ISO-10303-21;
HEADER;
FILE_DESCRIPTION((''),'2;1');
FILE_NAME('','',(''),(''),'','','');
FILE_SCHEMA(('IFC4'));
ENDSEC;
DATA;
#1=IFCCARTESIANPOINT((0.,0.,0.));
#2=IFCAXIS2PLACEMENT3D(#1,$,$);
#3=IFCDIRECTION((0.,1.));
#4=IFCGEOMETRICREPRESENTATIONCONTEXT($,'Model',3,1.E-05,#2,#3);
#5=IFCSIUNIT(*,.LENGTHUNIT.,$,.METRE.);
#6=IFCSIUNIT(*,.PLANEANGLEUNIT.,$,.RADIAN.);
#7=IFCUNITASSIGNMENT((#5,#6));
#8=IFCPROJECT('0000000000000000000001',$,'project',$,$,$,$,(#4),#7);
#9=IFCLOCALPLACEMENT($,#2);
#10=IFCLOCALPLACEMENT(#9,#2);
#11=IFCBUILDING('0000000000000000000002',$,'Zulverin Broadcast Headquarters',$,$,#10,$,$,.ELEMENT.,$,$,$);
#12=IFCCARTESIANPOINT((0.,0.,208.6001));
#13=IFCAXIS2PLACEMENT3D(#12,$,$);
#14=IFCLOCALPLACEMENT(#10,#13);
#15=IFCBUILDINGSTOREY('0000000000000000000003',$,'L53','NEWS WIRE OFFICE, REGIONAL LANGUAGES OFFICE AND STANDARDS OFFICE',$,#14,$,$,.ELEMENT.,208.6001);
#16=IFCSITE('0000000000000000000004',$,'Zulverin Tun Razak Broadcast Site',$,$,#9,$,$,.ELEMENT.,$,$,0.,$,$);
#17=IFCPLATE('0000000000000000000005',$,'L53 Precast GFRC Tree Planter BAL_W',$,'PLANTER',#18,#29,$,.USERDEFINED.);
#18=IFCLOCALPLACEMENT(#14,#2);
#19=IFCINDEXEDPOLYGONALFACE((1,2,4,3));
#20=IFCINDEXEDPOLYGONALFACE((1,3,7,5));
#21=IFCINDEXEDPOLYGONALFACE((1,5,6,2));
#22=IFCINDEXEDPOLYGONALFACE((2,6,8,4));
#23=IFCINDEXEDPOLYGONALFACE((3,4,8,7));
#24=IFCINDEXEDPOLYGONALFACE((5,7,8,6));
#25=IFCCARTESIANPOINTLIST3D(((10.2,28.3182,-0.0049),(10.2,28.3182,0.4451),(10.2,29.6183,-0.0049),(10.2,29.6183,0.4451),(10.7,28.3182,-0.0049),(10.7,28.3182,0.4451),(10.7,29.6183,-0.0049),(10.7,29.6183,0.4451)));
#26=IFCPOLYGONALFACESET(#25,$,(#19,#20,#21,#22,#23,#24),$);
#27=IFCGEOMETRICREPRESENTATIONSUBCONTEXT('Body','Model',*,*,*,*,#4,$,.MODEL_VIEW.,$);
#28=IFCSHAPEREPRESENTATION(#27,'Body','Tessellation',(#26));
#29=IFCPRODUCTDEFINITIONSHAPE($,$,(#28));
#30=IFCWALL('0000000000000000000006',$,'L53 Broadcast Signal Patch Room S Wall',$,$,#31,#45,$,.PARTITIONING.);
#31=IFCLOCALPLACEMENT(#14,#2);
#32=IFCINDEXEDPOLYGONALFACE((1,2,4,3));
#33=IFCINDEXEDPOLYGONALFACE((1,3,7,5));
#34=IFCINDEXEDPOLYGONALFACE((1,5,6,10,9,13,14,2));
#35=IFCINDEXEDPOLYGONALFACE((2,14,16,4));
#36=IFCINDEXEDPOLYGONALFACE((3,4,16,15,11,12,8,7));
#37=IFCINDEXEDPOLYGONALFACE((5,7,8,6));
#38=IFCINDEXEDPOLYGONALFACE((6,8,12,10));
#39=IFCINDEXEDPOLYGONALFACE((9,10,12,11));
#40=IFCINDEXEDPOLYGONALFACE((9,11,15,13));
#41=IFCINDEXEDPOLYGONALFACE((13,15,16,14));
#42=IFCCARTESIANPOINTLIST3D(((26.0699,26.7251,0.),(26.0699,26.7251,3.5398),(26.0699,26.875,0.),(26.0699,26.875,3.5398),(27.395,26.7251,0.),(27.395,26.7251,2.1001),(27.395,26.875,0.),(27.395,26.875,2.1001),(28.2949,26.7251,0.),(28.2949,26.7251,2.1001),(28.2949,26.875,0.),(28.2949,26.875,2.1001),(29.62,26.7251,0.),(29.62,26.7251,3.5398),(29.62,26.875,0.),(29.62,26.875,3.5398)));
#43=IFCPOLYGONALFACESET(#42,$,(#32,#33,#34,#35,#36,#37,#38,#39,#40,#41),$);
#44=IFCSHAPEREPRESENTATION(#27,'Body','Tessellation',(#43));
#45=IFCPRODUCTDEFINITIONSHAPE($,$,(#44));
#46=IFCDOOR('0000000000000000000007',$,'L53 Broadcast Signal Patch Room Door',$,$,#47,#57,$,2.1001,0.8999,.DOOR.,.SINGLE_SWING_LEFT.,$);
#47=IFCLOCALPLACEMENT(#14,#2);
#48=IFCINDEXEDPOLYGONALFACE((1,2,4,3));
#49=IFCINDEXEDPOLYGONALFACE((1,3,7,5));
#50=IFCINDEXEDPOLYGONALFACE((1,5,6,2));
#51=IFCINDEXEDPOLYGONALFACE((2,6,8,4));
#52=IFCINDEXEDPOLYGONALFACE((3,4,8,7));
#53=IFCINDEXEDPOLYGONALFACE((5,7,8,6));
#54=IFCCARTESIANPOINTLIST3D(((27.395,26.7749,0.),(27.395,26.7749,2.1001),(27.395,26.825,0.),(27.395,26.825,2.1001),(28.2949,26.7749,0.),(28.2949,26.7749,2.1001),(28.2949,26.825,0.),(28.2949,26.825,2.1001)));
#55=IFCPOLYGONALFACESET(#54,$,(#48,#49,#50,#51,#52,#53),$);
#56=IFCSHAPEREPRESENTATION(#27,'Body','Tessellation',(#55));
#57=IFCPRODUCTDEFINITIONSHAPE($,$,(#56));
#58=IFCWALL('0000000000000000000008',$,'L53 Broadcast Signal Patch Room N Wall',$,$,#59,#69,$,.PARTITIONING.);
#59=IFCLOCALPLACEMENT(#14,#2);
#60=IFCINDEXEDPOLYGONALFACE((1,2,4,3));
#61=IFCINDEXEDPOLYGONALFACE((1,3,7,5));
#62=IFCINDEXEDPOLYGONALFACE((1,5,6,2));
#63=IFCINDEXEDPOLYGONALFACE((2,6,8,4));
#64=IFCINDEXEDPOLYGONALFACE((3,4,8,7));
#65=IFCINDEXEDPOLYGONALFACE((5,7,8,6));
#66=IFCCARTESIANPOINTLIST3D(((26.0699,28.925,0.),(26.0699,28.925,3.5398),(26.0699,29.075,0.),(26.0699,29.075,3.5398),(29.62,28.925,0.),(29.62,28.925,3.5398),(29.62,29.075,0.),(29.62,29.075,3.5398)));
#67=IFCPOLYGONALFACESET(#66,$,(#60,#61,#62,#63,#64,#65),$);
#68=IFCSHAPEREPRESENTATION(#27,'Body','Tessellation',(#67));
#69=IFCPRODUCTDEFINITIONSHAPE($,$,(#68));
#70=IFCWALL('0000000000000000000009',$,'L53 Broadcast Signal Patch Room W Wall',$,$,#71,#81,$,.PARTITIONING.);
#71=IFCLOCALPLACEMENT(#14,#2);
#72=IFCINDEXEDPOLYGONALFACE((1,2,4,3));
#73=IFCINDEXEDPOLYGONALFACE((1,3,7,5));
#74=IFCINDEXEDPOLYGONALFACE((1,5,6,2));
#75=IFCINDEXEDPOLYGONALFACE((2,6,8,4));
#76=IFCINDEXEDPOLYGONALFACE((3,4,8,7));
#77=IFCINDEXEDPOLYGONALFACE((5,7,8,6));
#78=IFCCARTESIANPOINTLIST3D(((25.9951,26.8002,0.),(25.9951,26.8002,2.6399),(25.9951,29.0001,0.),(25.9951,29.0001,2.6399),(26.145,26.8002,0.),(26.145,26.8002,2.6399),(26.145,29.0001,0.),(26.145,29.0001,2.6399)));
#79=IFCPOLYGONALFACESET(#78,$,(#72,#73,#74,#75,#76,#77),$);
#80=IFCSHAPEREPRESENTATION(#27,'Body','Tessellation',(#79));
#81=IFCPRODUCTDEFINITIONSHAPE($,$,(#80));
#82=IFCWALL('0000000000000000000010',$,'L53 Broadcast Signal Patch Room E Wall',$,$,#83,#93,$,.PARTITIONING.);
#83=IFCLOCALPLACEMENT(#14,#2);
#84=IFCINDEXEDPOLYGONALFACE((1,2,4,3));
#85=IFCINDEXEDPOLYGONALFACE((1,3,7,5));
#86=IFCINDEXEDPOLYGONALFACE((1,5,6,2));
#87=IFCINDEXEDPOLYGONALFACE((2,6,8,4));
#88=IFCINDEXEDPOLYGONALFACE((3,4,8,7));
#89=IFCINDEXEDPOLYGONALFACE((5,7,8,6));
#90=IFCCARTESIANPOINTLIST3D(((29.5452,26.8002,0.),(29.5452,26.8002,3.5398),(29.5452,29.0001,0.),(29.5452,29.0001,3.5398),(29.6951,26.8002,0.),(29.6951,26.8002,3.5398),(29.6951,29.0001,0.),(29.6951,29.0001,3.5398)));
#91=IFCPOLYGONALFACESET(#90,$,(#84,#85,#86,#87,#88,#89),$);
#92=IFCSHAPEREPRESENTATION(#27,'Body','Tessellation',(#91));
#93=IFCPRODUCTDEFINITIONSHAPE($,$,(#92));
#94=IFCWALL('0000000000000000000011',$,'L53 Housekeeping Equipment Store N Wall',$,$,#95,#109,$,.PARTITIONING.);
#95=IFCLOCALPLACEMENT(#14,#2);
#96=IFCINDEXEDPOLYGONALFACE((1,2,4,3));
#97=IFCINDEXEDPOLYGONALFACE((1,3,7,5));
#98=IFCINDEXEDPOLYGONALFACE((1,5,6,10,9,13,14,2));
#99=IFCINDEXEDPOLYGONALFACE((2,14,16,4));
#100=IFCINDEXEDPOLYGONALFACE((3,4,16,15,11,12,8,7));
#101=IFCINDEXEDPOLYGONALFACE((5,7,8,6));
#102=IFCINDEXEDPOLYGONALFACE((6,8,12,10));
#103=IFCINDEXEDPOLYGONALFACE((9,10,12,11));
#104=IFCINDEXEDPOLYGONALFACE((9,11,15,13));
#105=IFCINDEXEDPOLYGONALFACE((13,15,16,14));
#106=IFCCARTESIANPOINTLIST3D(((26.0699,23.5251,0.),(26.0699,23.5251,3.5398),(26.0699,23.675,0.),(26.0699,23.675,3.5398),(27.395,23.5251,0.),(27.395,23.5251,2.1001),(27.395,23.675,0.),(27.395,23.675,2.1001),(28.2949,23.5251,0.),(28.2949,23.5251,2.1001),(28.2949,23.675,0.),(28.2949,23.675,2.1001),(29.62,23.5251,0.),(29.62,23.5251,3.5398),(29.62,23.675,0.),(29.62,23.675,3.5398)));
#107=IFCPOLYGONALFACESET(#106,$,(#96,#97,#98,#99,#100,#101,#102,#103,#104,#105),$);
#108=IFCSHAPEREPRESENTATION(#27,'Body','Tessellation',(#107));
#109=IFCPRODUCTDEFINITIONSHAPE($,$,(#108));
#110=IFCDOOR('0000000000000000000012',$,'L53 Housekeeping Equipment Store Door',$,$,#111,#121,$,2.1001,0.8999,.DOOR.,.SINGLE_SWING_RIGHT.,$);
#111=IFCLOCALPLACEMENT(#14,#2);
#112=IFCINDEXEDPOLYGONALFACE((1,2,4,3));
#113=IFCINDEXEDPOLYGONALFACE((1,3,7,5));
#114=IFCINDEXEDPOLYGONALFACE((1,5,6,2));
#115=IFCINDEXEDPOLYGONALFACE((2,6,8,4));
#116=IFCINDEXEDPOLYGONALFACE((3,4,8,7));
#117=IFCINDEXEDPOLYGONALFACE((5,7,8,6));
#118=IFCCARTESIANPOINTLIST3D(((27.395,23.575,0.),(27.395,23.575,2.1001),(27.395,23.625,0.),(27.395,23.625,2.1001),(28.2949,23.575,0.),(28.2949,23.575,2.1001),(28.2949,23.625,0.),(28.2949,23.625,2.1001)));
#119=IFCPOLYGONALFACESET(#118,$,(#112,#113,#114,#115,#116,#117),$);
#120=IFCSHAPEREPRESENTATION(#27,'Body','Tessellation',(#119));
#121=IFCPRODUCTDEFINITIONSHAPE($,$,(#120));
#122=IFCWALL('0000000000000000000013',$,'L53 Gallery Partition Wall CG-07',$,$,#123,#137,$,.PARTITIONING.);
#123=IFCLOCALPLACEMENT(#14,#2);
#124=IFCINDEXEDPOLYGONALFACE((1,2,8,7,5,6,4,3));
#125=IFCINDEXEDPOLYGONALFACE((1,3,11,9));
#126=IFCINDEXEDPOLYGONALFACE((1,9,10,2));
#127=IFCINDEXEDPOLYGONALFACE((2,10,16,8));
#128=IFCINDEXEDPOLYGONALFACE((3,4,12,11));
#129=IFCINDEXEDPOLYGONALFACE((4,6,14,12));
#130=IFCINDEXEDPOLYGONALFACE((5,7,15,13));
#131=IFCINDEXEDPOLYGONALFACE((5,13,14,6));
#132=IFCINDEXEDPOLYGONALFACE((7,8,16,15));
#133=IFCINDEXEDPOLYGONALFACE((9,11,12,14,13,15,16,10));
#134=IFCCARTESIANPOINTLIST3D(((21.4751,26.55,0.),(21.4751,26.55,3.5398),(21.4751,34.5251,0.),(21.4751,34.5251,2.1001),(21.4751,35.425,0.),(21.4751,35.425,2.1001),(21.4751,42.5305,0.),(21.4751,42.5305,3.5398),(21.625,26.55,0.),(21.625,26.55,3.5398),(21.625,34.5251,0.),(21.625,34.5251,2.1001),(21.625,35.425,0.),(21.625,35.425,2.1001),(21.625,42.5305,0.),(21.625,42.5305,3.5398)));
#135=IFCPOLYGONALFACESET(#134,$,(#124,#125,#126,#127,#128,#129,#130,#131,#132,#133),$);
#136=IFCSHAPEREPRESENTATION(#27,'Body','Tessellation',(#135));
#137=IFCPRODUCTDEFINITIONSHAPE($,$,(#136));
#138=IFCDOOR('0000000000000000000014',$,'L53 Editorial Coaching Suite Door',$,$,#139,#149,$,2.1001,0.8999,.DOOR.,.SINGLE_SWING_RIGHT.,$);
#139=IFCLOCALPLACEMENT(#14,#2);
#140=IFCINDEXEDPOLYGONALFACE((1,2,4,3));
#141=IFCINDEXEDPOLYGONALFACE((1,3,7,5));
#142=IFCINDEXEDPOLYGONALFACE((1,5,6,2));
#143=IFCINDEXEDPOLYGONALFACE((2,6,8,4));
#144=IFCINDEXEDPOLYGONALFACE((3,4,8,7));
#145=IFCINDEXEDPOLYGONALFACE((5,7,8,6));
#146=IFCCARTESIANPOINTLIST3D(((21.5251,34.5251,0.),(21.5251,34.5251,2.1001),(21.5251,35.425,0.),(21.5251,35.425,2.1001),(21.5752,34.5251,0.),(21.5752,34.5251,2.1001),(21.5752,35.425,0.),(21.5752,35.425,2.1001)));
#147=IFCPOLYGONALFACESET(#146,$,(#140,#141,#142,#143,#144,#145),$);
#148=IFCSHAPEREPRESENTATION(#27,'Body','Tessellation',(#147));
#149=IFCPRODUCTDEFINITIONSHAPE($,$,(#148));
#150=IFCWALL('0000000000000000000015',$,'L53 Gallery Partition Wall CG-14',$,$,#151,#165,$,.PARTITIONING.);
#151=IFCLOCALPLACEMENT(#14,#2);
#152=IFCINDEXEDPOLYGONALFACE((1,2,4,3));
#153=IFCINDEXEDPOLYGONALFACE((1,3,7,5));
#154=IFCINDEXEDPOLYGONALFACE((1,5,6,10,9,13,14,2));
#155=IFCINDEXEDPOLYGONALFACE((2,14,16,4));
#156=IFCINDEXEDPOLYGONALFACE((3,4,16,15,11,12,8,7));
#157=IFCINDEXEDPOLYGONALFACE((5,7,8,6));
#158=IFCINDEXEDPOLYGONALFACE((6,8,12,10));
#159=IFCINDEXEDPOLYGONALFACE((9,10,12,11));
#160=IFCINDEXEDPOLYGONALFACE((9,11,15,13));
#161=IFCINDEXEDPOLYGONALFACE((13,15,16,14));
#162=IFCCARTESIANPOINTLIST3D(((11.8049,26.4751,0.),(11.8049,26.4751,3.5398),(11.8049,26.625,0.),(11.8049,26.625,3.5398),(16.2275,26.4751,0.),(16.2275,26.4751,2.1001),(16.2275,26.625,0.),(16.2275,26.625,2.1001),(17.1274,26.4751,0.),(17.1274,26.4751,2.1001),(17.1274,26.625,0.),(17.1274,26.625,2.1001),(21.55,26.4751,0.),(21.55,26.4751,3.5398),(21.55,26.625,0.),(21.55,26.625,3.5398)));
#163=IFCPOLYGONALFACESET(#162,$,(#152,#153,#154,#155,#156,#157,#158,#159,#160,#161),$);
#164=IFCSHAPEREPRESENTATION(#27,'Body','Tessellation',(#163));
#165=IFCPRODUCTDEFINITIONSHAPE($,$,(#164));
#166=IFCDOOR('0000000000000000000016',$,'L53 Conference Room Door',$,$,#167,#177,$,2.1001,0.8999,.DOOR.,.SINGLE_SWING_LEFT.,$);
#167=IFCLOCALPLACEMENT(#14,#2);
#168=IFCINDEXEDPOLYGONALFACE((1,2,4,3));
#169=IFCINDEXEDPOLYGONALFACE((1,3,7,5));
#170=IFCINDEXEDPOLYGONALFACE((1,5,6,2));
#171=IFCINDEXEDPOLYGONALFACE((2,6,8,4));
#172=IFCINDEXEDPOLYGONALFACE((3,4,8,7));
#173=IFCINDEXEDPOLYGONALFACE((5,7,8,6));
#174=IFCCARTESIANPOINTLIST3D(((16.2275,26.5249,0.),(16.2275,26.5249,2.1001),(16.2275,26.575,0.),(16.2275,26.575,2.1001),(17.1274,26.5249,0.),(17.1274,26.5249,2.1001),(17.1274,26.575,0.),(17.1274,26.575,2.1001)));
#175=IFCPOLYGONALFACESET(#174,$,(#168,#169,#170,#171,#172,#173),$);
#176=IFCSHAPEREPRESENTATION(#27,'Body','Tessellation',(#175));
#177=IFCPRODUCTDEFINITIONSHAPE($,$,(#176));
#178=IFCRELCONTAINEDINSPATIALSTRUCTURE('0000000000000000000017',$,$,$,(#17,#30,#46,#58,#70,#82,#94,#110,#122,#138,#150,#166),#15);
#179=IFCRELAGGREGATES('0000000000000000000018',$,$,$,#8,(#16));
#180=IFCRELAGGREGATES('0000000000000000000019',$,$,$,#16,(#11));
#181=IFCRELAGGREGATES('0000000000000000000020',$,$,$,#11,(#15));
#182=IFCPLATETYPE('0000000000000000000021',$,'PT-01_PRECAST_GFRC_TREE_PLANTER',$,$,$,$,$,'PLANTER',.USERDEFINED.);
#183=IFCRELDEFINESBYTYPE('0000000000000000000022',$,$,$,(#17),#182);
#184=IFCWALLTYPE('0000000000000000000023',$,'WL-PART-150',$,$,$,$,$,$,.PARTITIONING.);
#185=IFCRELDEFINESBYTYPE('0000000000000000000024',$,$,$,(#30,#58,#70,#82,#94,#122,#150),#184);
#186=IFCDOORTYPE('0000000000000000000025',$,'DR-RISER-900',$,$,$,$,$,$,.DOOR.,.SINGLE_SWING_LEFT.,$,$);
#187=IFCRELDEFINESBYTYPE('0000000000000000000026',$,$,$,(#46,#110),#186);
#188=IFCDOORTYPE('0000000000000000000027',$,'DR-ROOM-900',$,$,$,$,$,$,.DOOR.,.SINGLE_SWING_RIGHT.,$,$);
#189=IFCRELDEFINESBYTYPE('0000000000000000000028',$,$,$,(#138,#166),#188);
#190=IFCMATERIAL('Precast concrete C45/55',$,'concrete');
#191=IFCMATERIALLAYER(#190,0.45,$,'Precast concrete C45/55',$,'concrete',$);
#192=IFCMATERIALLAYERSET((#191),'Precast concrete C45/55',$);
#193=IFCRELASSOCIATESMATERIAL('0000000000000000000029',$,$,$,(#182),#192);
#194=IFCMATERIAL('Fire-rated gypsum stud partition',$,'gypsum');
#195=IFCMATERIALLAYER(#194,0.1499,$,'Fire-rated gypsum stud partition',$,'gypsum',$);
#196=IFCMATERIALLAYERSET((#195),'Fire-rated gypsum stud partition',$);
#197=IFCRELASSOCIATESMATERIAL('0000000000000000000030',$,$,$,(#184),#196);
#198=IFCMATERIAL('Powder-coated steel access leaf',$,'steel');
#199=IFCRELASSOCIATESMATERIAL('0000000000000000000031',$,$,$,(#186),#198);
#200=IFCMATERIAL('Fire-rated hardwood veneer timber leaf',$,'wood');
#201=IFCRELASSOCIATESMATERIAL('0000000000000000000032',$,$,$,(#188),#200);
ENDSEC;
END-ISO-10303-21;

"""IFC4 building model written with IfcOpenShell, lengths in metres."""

from ifc_helpers import new_model, si_unit, direction, frame, frame_2d, origin, origin_2d, place, context, subcontext, project, spatial, rectangle, extrude, material, layer, layer_set, type_object, element, fill, save


model = new_model("IFC4")

# Units and contexts
model_context = context("Model", 3, precision=1e-05, world=origin(), true_north=direction((0.0, 1.0)))
body_context = subcontext(model_context, "Body", "Model", "MODEL_VIEW")
ifc_project = project(units=[si_unit("LENGTHUNIT", "METRE"), si_unit("PLANEANGLEUNIT", "RADIAN")], contexts=[model_context])

# Site, building, storey
site_placement = place(None, origin())
site = spatial("IfcSite", under=ifc_project, at=site_placement, Name="Zulverin Tun Razak Broadcast Site", CompositionType="ELEMENT", RefElevation=0.0)
building_placement = place(site_placement, origin())
building = spatial("IfcBuilding", under=site, at=building_placement, Name="Zulverin Broadcast Headquarters", CompositionType="ELEMENT")
storey_placement = place(building_placement, frame((0.0, 0.0, 208.6001)))
storey = spatial("IfcBuildingStorey", under=building, at=storey_placement, Name="L53", Description="NEWS WIRE OFFICE, REGIONAL LANGUAGES OFFICE AND STANDARDS OFFICE", CompositionType="ELEMENT", Elevation=208.6001)

# Plate
ifc_material_1 = material(Name="Precast concrete C45/55", Category="concrete")
ifc_layer_1 = layer(ifc_material_1, 0.45, Name="Precast concrete C45/55", Category="concrete")
ifc_layer_set_1 = layer_set([ifc_layer_1], Name="Precast concrete C45/55")
plate_type = type_object("IfcPlateType", Name="PT-01_PRECAST_GFRC_TREE_PLANTER", ElementType="PLANTER", PredefinedType="USERDEFINED", material=ifc_layer_set_1)
plate_placement = place(storey_placement, frame((10.45, 28.9683, -0.0049), z_axis=(0.0, 0.0, 1.0), x_axis=(0.0, 1.0, 0.0)))
element("IfcPlate", 1, at=plate_placement, inside=storey, type_object=plate_type, Name="L53 Precast GFRC Tree Planter BAL_W", ObjectType="PLANTER", PredefinedType="USERDEFINED", context=body_context, shape_type="SweptSolid", body=[
    extrude(rectangle(XDim=1.3, YDim=0.5, at=origin_2d()), origin(), (0.0, 0.0, 1.0), 0.45),
])

# Wall, opening, door
ifc_material_2 = material(Name="Fire-rated gypsum stud partition", Category="gypsum")
ifc_layer_2 = layer(ifc_material_2, 0.1499, Name="Fire-rated gypsum stud partition", Category="gypsum")
ifc_layer_set_2 = layer_set([ifc_layer_2], Name="Fire-rated gypsum stud partition")
wall_type_1 = type_object("IfcWallType", Name="WL-PART-150", PredefinedType="PARTITIONING", material=ifc_layer_set_2)
wall_1_placement = place(storey_placement, frame((26.0701, 26.8, 0.0), z_axis=(0.0, 0.0, 1.0), x_axis=(1.0, 0.0, 0.0)))
wall_1 = element("IfcWall", 2, at=wall_1_placement, inside=storey, type_object=wall_type_1, Name="L53 Broadcast Signal Patch Room S Wall", PredefinedType="PARTITIONING", context=body_context, shape_type="SweptSolid", body=[
    extrude(rectangle(XDim=3.55, YDim=0.1499, at=frame_2d((1.7749, 0.0))), origin(), (0.0, 0.0, 1.0), 3.5398),
])
opening_1_placement = place(wall_1_placement, frame((1.325, 0.0, 0.0)))
opening_1 = element("IfcOpeningElement", 3, at=opening_1_placement, cuts=wall_1, PredefinedType="OPENING", context=body_context, shape_type="SweptSolid", body=[
    extrude(rectangle(XDim=0.8999, YDim=2.1001, at=frame_2d((0.45, 1.05))), frame((0.0, 0.085, 0.0), z_axis=(0.0, -1.0, 0.0), x_axis=(1.0, 0.0, 0.0)), (0.0, 0.0, 1.0), 0.1699),
])
ifc_material_3 = material(Name="Powder-coated steel access leaf", Category="steel")
door_type_1 = type_object("IfcDoorType", Name="DR-RISER-900", OperationType="SINGLE_SWING_LEFT", PredefinedType="DOOR", material=ifc_material_3)
door_1_placement = place(opening_1_placement, origin())
door_1 = element("IfcDoor", 4, at=door_1_placement, inside=storey, type_object=door_type_1, Name="L53 Broadcast Signal Patch Room Door", OperationType="SINGLE_SWING_LEFT", OverallHeight=2.1001, OverallWidth=0.8999, PredefinedType="DOOR", context=body_context, shape_type="SweptSolid", body=[
    extrude(rectangle(XDim=0.8999, YDim=2.1001, at=frame_2d((0.45, 1.05))), frame((0.0, 0.0249, 0.0), z_axis=(0.0, -1.0, 0.0), x_axis=(1.0, 0.0, 0.0)), (0.0, 0.0, 1.0), 0.05),
])
fill(opening_1, door_1)

# Walls
wall_2_placement = place(storey_placement, frame((26.0701, 29.0, 0.0), z_axis=(0.0, 0.0, 1.0), x_axis=(1.0, 0.0, 0.0)))
element("IfcWall", 5, at=wall_2_placement, inside=storey, type_object=wall_type_1, Name="L53 Broadcast Signal Patch Room N Wall", PredefinedType="PARTITIONING", context=body_context, shape_type="SweptSolid", body=[
    extrude(rectangle(XDim=3.55, YDim=0.1499, at=frame_2d((1.7749, 0.0))), origin(), (0.0, 0.0, 1.0), 3.5398),
])
wall_3_placement = place(storey_placement, frame((26.0701, 26.8, 0.0), z_axis=(0.0, 0.0, 1.0), x_axis=(0.0, 1.0, 0.0)))
element("IfcWall", 6, at=wall_3_placement, inside=storey, type_object=wall_type_1, Name="L53 Broadcast Signal Patch Room W Wall", PredefinedType="PARTITIONING", context=body_context, shape_type="SweptSolid", body=[
    extrude(rectangle(XDim=2.2, YDim=0.1499, at=frame_2d((1.1001, 0.0))), origin(), (0.0, 0.0, 1.0), 2.6399),
])
wall_4_placement = place(storey_placement, frame((29.6201, 26.8, 0.0), z_axis=(0.0, 0.0, 1.0), x_axis=(0.0, 1.0, 0.0)))
element("IfcWall", 7, at=wall_4_placement, inside=storey, type_object=wall_type_1, Name="L53 Broadcast Signal Patch Room E Wall", PredefinedType="PARTITIONING", context=body_context, shape_type="SweptSolid", body=[
    extrude(rectangle(XDim=2.2, YDim=0.1499, at=frame_2d((1.1001, 0.0))), origin(), (0.0, 0.0, 1.0), 3.5398),
])

# Walls, openings, doors
wall_5_placement = place(storey_placement, frame((26.0701, 23.6001, 0.0), z_axis=(0.0, 0.0, 1.0), x_axis=(1.0, 0.0, 0.0)))
wall_5 = element("IfcWall", 8, at=wall_5_placement, inside=storey, type_object=wall_type_1, Name="L53 Housekeeping Equipment Store N Wall", PredefinedType="PARTITIONING", context=body_context, shape_type="SweptSolid", body=[
    extrude(rectangle(XDim=3.55, YDim=0.1499, at=frame_2d((1.7749, 0.0))), origin(), (0.0, 0.0, 1.0), 3.5398),
])
opening_2_placement = place(wall_5_placement, frame((1.325, 0.0, 0.0)))
opening_2 = element("IfcOpeningElement", 9, at=opening_2_placement, cuts=wall_5, PredefinedType="OPENING", context=body_context, shape_type="SweptSolid", body=[
    extrude(rectangle(XDim=0.8999, YDim=2.1001, at=frame_2d((0.45, 1.05))), frame((0.0, 0.085, 0.0), z_axis=(0.0, -1.0, 0.0), x_axis=(1.0, 0.0, 0.0)), (0.0, 0.0, 1.0), 0.1699),
])
door_2_placement = place(opening_2_placement, origin())
door_2 = element("IfcDoor", 10, at=door_2_placement, inside=storey, type_object=door_type_1, Name="L53 Housekeeping Equipment Store Door", OperationType="SINGLE_SWING_RIGHT", OverallHeight=2.1001, OverallWidth=0.8999, PredefinedType="DOOR", context=body_context, shape_type="SweptSolid", body=[
    extrude(rectangle(XDim=0.8999, YDim=2.1001, at=frame_2d((0.45, 1.05))), frame((0.0, 0.0249, 0.0), z_axis=(0.0, -1.0, 0.0), x_axis=(1.0, 0.0, 0.0)), (0.0, 0.0, 1.0), 0.05),
])
fill(opening_2, door_2)
wall_6_placement = place(storey_placement, frame((21.55, 26.55, 0.0), z_axis=(0.0, 0.0, 1.0), x_axis=(0.0, 1.0, 0.0)))
wall_6 = element("IfcWall", 11, at=wall_6_placement, inside=storey, type_object=wall_type_1, Name="L53 Gallery Partition Wall CG-07", PredefinedType="PARTITIONING", context=body_context, shape_type="SweptSolid", body=[
    extrude(rectangle(XDim=15.9805, YDim=0.1499, at=frame_2d((7.9902, 0.0))), origin(), (0.0, 0.0, 1.0), 3.5398),
])
opening_3_placement = place(wall_6_placement, frame((7.9751, 0.0, 0.0)))
opening_3 = element("IfcOpeningElement", 12, at=opening_3_placement, cuts=wall_6, PredefinedType="OPENING", context=body_context, shape_type="SweptSolid", body=[
    extrude(rectangle(XDim=0.8999, YDim=2.1001, at=frame_2d((0.45, 1.05))), frame((0.0, 0.085, 0.0), z_axis=(0.0, -1.0, 0.0), x_axis=(1.0, 0.0, 0.0)), (0.0, 0.0, 1.0), 0.1699),
])
ifc_material_4 = material(Name="Fire-rated hardwood veneer timber leaf", Category="wood")
door_type_2 = type_object("IfcDoorType", Name="DR-ROOM-900", OperationType="SINGLE_SWING_RIGHT", PredefinedType="DOOR", material=ifc_material_4)
door_3_placement = place(opening_3_placement, origin())
door_3 = element("IfcDoor", 13, at=door_3_placement, inside=storey, type_object=door_type_2, Name="L53 Editorial Coaching Suite Door", OperationType="SINGLE_SWING_RIGHT", OverallHeight=2.1001, OverallWidth=0.8999, PredefinedType="DOOR", context=body_context, shape_type="SweptSolid", body=[
    extrude(rectangle(XDim=0.8999, YDim=2.1001, at=frame_2d((0.45, 1.05))), frame((0.0, 0.0249, 0.0), z_axis=(0.0, -1.0, 0.0), x_axis=(1.0, 0.0, 0.0)), (0.0, 0.0, 1.0), 0.05),
])
fill(opening_3, door_3)
wall_7_placement = place(storey_placement, frame((11.8049, 26.55, 0.0), z_axis=(0.0, 0.0, 1.0), x_axis=(1.0, 0.0, 0.0)))
wall_7 = element("IfcWall", 14, at=wall_7_placement, inside=storey, type_object=wall_type_1, Name="L53 Gallery Partition Wall CG-14", PredefinedType="PARTITIONING", context=body_context, shape_type="SweptSolid", body=[
    extrude(rectangle(XDim=9.7451, YDim=0.1499, at=frame_2d((4.8726, 0.0))), origin(), (0.0, 0.0, 1.0), 3.5398),
])
opening_4_placement = place(wall_7_placement, frame((4.4226, 0.0, 0.0)))
opening_4 = element("IfcOpeningElement", 15, at=opening_4_placement, cuts=wall_7, PredefinedType="OPENING", context=body_context, shape_type="SweptSolid", body=[
    extrude(rectangle(XDim=0.8999, YDim=2.1001, at=frame_2d((0.45, 1.05))), frame((0.0, 0.085, 0.0), z_axis=(0.0, -1.0, 0.0), x_axis=(1.0, 0.0, 0.0)), (0.0, 0.0, 1.0), 0.1699),
])
door_4_placement = place(opening_4_placement, origin())
door_4 = element("IfcDoor", 16, at=door_4_placement, inside=storey, type_object=door_type_2, Name="L53 Conference Room Door", OperationType="SINGLE_SWING_LEFT", OverallHeight=2.1001, OverallWidth=0.8999, PredefinedType="DOOR", context=body_context, shape_type="SweptSolid", body=[
    extrude(rectangle(XDim=0.8999, YDim=2.1001, at=frame_2d((0.45, 1.05))), frame((0.0, 0.0249, 0.0), z_axis=(0.0, -1.0, 0.0), x_axis=(1.0, 0.0, 0.0)), (0.0, 0.0, 1.0), 0.05),
])
fill(opening_4, door_4)

save(model, "model.ifc")
